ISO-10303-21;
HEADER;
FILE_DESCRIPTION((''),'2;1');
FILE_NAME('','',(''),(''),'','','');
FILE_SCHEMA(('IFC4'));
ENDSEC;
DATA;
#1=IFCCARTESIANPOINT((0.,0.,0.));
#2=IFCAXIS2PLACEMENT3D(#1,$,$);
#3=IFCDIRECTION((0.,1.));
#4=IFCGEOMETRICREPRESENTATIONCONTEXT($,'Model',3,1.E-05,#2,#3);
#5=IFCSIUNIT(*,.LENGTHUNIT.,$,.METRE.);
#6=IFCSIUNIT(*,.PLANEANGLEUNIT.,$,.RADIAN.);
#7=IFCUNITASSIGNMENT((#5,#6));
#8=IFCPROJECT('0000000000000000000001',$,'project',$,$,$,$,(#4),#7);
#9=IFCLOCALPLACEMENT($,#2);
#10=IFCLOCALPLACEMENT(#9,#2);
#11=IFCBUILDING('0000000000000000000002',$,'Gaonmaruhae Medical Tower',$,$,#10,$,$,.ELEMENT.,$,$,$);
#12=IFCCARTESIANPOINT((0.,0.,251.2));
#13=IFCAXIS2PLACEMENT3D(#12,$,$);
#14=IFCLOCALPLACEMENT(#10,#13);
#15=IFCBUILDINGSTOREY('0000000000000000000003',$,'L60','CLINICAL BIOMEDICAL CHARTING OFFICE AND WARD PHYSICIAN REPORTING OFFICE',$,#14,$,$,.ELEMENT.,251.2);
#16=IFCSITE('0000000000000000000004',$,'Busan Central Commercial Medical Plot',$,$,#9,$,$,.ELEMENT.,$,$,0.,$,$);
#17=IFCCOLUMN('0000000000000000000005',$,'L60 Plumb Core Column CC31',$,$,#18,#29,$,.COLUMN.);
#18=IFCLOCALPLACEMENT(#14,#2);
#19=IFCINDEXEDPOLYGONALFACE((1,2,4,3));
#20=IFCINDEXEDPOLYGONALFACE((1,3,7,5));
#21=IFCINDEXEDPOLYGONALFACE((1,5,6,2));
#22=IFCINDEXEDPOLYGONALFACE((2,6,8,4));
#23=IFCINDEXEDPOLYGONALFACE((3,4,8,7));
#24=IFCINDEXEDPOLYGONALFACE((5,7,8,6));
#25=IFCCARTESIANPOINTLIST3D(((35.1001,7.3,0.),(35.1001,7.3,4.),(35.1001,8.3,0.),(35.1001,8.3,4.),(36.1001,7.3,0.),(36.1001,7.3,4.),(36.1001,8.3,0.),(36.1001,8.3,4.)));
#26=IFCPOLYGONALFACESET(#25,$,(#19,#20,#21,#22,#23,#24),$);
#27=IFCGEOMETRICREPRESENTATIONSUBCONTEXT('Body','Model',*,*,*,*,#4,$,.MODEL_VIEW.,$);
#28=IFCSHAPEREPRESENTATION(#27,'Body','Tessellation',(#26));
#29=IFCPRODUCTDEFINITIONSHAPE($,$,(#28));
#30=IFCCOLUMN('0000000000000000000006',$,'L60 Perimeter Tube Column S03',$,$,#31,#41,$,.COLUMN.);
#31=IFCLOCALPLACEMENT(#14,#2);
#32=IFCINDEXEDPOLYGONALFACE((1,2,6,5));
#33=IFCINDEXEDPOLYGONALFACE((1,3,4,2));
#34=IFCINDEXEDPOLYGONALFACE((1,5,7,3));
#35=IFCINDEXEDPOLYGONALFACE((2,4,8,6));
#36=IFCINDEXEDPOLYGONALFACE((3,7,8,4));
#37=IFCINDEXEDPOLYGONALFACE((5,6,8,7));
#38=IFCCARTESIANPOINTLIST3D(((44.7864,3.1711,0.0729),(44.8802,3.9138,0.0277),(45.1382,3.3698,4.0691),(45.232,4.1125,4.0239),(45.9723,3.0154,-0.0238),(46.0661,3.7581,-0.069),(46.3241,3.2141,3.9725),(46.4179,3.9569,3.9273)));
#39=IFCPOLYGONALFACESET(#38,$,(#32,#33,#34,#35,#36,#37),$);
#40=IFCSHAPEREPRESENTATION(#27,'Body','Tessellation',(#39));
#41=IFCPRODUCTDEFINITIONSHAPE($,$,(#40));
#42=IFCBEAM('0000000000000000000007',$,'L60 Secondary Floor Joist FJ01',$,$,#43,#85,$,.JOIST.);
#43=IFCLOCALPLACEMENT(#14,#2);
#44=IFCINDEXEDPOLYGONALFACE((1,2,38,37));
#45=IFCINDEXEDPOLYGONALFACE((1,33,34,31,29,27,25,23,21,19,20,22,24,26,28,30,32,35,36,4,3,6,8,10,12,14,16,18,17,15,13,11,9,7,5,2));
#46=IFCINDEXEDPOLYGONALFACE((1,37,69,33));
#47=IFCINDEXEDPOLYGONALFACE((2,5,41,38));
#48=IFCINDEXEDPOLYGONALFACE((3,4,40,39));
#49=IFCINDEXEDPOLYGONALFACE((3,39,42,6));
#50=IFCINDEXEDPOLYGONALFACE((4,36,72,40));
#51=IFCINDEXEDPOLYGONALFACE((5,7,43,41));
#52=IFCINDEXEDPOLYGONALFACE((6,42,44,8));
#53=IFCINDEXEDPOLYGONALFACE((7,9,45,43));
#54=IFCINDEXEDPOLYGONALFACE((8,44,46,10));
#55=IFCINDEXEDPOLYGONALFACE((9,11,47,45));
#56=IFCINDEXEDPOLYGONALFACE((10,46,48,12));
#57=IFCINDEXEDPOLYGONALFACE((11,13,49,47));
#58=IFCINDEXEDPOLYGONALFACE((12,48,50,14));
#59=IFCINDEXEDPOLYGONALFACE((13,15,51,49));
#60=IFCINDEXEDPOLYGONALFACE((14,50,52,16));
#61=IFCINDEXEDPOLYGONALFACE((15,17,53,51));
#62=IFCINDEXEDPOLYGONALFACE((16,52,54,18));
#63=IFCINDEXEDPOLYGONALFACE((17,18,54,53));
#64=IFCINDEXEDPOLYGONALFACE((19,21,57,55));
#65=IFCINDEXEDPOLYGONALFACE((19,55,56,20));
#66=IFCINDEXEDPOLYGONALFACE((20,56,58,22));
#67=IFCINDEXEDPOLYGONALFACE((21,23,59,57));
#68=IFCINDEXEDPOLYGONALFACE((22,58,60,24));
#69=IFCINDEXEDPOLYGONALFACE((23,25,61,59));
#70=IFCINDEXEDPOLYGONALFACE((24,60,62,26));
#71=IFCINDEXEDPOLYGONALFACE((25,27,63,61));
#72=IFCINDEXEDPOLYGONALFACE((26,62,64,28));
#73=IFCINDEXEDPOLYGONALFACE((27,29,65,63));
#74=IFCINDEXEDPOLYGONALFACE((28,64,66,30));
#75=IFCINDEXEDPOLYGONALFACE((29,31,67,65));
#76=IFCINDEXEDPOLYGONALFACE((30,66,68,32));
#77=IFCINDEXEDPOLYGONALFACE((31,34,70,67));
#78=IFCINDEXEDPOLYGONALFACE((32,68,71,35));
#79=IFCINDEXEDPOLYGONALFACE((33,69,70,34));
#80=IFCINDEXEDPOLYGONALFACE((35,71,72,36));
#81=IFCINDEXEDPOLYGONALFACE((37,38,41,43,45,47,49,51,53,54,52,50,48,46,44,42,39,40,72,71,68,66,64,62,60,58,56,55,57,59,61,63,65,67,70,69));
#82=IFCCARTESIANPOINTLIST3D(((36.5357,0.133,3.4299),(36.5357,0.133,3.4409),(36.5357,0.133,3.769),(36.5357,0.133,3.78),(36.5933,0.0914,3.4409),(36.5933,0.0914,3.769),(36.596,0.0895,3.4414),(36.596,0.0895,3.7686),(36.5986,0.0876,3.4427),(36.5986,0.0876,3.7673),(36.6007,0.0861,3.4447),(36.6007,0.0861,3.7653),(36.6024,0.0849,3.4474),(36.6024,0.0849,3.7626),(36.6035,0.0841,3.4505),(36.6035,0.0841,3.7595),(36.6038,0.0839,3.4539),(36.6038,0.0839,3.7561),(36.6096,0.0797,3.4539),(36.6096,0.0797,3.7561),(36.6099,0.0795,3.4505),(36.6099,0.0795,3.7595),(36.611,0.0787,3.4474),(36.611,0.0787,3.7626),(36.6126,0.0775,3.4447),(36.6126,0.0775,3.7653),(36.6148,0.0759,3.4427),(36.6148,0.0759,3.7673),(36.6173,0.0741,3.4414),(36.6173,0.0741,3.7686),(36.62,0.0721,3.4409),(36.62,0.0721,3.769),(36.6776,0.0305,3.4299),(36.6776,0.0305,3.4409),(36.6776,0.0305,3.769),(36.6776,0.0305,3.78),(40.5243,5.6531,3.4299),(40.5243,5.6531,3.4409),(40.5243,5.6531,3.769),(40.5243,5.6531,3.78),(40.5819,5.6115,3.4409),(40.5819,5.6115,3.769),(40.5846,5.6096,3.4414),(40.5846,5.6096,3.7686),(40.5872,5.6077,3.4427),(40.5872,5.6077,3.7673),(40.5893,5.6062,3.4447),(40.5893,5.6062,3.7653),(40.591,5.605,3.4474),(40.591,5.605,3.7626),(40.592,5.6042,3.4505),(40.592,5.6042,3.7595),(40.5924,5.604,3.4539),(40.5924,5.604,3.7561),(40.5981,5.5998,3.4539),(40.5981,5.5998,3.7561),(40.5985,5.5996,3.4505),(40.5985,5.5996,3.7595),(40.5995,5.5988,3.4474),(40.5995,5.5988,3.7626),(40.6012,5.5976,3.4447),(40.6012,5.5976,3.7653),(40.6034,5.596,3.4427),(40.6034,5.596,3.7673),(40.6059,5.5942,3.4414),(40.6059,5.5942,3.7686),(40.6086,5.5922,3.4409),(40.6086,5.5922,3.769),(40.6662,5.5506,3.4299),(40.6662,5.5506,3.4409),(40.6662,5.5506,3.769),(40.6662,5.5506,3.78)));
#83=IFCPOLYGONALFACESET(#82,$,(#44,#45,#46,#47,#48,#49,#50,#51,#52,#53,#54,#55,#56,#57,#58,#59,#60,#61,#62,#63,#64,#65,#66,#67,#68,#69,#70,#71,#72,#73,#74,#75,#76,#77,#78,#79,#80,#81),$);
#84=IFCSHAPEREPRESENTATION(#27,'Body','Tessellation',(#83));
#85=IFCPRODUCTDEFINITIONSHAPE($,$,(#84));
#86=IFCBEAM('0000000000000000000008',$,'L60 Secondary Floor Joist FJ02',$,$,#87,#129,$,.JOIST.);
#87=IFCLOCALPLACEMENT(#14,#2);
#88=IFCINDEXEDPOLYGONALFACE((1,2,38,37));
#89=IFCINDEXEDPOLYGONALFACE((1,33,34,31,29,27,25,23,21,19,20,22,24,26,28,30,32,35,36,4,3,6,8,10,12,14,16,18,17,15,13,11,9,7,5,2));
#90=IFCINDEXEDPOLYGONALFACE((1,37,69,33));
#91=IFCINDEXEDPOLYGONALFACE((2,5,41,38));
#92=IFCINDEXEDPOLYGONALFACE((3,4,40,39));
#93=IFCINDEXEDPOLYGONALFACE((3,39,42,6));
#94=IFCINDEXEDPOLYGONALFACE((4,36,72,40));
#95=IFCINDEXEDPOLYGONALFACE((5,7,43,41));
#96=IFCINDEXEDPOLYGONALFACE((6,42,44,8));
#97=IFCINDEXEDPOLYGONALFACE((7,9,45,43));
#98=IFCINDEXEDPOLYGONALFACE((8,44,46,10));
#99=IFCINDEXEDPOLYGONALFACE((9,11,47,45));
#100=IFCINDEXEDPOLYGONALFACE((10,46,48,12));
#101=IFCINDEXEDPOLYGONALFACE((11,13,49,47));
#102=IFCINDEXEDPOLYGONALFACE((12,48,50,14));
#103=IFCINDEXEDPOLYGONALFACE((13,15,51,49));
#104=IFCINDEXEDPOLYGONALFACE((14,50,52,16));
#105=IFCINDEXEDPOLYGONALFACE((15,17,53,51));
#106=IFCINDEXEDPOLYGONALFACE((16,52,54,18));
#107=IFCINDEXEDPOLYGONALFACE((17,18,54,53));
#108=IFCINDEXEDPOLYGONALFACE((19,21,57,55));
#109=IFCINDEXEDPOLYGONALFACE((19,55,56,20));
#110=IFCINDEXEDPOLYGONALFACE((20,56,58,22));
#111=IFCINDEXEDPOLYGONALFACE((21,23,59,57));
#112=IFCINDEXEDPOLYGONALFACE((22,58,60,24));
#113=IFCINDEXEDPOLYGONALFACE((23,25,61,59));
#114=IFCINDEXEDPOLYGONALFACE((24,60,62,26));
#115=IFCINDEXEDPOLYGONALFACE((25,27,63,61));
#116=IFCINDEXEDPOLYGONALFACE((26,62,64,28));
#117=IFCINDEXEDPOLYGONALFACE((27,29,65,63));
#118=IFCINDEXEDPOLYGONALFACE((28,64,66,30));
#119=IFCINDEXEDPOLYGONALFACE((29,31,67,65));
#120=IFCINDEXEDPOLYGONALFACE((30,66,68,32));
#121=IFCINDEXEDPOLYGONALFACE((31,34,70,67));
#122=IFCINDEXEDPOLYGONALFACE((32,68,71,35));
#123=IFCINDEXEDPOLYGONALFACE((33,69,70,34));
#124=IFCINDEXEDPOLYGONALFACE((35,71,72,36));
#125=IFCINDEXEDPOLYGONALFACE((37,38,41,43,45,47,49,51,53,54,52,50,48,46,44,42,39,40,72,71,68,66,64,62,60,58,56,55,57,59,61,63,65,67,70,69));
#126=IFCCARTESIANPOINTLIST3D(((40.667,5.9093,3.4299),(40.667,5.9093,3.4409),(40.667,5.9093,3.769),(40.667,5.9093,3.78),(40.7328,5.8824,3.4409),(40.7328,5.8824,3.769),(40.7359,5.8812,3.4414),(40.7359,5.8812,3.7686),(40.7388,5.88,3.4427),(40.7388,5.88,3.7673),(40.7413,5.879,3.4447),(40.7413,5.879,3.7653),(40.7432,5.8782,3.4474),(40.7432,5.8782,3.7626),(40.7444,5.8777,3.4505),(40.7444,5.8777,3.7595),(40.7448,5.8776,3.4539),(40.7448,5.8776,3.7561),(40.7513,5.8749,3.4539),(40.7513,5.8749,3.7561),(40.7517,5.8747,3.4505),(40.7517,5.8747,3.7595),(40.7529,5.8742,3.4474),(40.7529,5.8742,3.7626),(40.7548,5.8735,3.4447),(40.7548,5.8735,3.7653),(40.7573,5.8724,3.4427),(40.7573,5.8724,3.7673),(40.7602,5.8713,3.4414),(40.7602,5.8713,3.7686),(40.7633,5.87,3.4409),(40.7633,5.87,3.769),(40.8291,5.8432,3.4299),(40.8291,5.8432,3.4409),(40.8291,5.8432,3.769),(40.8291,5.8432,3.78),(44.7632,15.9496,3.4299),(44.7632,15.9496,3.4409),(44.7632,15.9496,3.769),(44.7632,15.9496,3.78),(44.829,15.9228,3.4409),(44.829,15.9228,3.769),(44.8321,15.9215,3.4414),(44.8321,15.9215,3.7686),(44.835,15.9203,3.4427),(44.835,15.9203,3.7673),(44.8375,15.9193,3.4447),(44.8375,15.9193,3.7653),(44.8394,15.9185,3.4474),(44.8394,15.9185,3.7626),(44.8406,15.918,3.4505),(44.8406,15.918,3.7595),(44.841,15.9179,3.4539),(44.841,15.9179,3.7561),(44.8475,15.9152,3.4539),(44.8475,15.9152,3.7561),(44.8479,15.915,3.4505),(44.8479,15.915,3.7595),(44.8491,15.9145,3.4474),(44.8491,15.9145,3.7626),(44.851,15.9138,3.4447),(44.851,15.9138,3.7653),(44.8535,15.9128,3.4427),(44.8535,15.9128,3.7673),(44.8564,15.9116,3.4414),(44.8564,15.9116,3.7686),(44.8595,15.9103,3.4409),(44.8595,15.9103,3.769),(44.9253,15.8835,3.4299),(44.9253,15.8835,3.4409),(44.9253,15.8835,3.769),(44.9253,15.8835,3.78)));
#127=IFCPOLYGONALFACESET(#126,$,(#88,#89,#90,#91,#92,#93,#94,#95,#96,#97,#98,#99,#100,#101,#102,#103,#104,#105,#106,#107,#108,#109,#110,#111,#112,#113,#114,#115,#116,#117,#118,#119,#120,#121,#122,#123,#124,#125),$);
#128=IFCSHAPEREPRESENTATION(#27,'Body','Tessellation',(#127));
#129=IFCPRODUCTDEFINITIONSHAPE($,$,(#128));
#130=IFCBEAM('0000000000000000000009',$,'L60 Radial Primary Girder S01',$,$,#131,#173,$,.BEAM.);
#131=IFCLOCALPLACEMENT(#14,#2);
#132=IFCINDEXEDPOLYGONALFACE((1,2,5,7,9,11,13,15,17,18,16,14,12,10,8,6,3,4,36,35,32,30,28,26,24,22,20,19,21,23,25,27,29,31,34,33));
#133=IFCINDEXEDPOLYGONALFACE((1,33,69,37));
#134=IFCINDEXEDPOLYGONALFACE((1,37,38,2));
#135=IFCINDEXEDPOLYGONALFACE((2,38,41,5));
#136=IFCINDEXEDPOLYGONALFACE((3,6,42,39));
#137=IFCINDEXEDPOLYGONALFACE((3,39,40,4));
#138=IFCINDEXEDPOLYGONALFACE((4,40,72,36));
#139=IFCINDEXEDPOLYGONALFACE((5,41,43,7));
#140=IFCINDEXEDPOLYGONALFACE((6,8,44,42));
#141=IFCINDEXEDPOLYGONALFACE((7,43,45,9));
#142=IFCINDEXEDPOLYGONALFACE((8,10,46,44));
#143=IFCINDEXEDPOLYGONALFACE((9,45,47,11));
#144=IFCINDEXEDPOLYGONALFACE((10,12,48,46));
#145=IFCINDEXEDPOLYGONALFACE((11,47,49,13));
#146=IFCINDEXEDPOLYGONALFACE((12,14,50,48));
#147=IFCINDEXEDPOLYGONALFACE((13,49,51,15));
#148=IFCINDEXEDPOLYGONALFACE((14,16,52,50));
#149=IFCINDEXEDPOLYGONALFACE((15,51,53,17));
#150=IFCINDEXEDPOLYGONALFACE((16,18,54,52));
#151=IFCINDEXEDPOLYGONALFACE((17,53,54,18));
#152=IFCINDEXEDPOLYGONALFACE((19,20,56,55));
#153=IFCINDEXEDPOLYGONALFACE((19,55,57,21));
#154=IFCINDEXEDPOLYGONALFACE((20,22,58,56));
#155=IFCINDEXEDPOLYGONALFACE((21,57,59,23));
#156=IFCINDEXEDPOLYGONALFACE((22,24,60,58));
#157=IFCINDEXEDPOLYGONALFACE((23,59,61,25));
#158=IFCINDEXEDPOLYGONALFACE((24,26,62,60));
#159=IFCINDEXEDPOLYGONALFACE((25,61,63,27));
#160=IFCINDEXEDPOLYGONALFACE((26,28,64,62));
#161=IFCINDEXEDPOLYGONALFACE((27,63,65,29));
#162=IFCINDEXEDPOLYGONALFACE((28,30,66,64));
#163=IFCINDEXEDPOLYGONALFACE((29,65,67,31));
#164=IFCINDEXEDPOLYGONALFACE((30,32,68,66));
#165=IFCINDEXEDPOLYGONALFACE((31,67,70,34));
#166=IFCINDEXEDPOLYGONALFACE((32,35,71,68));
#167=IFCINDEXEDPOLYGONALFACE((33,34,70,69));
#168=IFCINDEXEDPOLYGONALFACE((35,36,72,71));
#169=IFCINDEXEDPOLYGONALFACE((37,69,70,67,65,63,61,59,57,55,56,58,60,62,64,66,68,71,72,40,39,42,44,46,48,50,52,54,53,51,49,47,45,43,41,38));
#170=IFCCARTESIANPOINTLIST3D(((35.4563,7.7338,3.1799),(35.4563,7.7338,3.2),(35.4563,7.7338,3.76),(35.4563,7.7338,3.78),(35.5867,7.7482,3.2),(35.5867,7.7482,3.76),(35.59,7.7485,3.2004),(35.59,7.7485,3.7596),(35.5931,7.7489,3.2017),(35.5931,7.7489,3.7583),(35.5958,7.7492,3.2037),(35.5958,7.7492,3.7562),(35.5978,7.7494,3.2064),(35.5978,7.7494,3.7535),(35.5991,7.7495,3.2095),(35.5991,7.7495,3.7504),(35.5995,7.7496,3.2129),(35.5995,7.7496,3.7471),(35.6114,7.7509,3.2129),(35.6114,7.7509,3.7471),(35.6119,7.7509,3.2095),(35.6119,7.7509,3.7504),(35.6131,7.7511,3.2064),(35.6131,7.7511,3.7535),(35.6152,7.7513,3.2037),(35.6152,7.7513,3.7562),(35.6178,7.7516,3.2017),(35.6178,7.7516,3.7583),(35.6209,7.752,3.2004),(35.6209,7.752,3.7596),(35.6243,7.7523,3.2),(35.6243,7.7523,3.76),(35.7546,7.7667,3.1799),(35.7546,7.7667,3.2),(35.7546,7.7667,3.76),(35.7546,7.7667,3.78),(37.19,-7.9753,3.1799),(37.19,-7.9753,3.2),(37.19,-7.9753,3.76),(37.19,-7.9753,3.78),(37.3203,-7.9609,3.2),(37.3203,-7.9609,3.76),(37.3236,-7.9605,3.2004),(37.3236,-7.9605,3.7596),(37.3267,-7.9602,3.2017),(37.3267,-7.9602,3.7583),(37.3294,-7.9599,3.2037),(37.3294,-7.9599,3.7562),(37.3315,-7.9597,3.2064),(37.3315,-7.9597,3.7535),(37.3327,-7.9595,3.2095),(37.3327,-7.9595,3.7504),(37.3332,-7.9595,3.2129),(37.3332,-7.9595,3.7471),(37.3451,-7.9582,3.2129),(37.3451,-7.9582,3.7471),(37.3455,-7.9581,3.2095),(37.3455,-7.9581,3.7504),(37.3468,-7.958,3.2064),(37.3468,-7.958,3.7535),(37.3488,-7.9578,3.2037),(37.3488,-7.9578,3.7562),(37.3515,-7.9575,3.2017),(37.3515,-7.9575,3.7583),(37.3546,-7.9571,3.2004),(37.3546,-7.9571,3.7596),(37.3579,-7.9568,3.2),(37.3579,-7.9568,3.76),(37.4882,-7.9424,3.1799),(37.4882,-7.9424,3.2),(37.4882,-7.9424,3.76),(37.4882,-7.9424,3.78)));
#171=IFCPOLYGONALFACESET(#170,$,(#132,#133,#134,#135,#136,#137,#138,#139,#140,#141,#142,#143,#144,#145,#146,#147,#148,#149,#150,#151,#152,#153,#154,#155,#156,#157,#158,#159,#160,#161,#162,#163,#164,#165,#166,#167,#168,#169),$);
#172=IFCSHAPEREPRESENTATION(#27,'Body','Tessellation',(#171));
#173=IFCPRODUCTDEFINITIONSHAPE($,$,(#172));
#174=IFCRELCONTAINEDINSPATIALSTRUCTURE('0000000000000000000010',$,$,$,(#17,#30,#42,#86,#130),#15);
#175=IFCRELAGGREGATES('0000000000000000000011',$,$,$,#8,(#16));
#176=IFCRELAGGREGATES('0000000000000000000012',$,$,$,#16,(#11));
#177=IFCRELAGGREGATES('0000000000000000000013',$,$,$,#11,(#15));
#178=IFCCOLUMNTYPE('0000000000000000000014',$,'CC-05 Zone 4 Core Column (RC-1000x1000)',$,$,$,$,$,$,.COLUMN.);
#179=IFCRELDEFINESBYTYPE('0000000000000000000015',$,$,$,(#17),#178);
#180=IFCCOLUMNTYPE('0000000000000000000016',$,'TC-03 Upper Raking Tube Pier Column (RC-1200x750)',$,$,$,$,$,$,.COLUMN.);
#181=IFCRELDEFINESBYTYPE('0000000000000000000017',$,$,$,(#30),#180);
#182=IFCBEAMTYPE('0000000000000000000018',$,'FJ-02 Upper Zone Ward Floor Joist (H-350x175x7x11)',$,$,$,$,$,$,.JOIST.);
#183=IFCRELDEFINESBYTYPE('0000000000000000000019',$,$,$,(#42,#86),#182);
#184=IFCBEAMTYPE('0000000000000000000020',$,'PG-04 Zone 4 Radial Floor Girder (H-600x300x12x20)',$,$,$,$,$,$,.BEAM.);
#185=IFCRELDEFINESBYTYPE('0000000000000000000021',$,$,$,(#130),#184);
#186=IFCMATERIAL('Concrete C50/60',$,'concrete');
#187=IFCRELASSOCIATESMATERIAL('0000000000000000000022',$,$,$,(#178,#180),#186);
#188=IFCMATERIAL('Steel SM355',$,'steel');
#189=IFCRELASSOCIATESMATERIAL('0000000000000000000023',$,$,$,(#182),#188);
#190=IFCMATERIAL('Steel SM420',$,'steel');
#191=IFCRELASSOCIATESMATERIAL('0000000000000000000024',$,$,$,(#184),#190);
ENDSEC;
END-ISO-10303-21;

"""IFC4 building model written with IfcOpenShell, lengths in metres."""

from ifc_helpers import new_model, si_unit, direction, frame, origin, origin_2d, place, context, subcontext, project, spatial, rectangle, i_section, extrude, material, material_profile, profile_set, type_object, element, save


model = new_model("IFC4")

# Units and contexts
model_context = context("Model", 3, precision=1e-05, world=origin(), true_north=direction((0.0, 1.0)))
body_context = subcontext(model_context, "Body", "Model", "MODEL_VIEW")
ifc_project = project(units=[si_unit("LENGTHUNIT", "METRE"), si_unit("PLANEANGLEUNIT", "RADIAN")], contexts=[model_context])

# Site, building, storey
site_placement = place(None, origin())
site = spatial("IfcSite", under=ifc_project, at=site_placement, Name="Busan Central Commercial Medical Plot", CompositionType="ELEMENT", RefElevation=0.0)
building_placement = place(site_placement, origin())
building = spatial("IfcBuilding", under=site, at=building_placement, Name="Gaonmaruhae Medical Tower", CompositionType="ELEMENT")
storey_placement = place(building_placement, frame((0.0, 0.0, 251.2)))
storey = spatial("IfcBuildingStorey", under=building, at=storey_placement, Name="L60", Description="CLINICAL BIOMEDICAL CHARTING OFFICE AND WARD PHYSICIAN REPORTING OFFICE", CompositionType="ELEMENT", Elevation=251.2)

# Columns
ifc_material_1 = material(Name="Concrete C50/60", Category="concrete")
ifc_material_profile_1 = material_profile(ifc_material_1, rectangle(XDim=1.0, YDim=1.0, at=origin_2d()), Name="RC-1000x1000")
ifc_profile_set_1 = profile_set([ifc_material_profile_1], Name="Concrete C50/60")
column_type_1 = type_object("IfcColumnType", Name="CC-05 Zone 4 Core Column (RC-1000x1000)", PredefinedType="COLUMN", material=ifc_profile_set_1)
column_1_placement = place(storey_placement, frame((35.6001, 7.8, 0.0), z_axis=(0.0, 0.0, 1.0), x_axis=(1.0, 0.0, 0.0)))
element("IfcColumn", 1, at=column_1_placement, inside=storey, type_object=column_type_1, Name="L60 Plumb Core Column CC31", PredefinedType="COLUMN", context=body_context, shape_type="SweptSolid", body=[
    extrude(rectangle(XDim=1.0, YDim=1.0, at=origin_2d()), origin(), (0.0, 0.0, 1.0), 4.0),
])
ifc_material_profile_2 = material_profile(ifc_material_1, rectangle(XDim=1.2, YDim=0.75, at=origin_2d()), Name="RC-1200x750")
ifc_profile_set_2 = profile_set([ifc_material_profile_2], Name="Concrete C50/60")
column_type_2 = type_object("IfcColumnType", Name="TC-03 Upper Raking Tube Pier Column (RC-1200x750)", PredefinedType="COLUMN", material=ifc_profile_set_2)
column_2_placement = place(storey_placement, frame((45.4263, 3.4646, 0.002), z_axis=(0.087586, 0.049476, 0.994928), x_axis=(-0.988272, 0.129729, 0.080549)))
element("IfcColumn", 2, at=column_2_placement, inside=storey, type_object=column_type_2, Name="L60 Perimeter Tube Column S03", PredefinedType="COLUMN", context=body_context, shape_type="SweptSolid", body=[
    extrude(rectangle(XDim=1.2, YDim=0.75, at=origin_2d()), origin(), (0.0, 0.0, 1.0), 4.0166),
])

# Beams
ifc_material_2 = material(Name="Steel SM355", Category="steel")
ifc_material_profile_3 = material_profile(ifc_material_2, i_section(OverallWidth=0.175, OverallDepth=0.3501, WebThickness=0.0071, FlangeThickness=0.011, FilletRadius=0.0129, at=origin_2d()), Name="H-350x175x7x11")
ifc_profile_set_3 = profile_set([ifc_material_profile_3], Name="Steel SM355")
beam_type_1 = type_object("IfcBeamType", Name="FJ-02 Upper Zone Ward Floor Joist (H-350x175x7x11)", PredefinedType="JOIST", material=ifc_profile_set_3)
beam_1_placement = place(storey_placement, frame((36.6067, 0.0818, 3.605), z_axis=(0.585669, 0.810551, 0.0), x_axis=(-0.810551, 0.585669, 0.0)))
element("IfcBeam", 3, at=beam_1_placement, inside=storey, type_object=beam_type_1, Name="L60 Secondary Floor Joist FJ01", PredefinedType="JOIST", context=body_context, shape_type="SweptSolid", body=[
    extrude(i_section(OverallWidth=0.175, OverallDepth=0.3501, WebThickness=0.0071, FlangeThickness=0.011, FilletRadius=0.0129, at=origin_2d()), origin(), (0.0, 0.0, 1.0), 6.8103),
])
beam_2_placement = place(storey_placement, frame((40.748, 5.8762, 3.605), z_axis=(0.377748, 0.925908, 0.0), x_axis=(-0.925908, 0.377748, 0.0)))
element("IfcBeam", 4, at=beam_2_placement, inside=storey, type_object=beam_type_1, Name="L60 Secondary Floor Joist FJ02", PredefinedType="JOIST", context=body_context, shape_type="SweptSolid", body=[
    extrude(i_section(OverallWidth=0.175, OverallDepth=0.3501, WebThickness=0.0071, FlangeThickness=0.011, FilletRadius=0.0129, at=origin_2d()), origin(), (0.0, 0.0, 1.0), 10.8438),
])
ifc_material_3 = material(Name="Steel SM420", Category="steel")
ifc_material_profile_4 = material_profile(ifc_material_3, i_section(OverallWidth=0.3, OverallDepth=0.6001, WebThickness=0.012, FlangeThickness=0.02, FilletRadius=0.0129, at=origin_2d()), Name="H-600x300x12x20")
ifc_profile_set_4 = profile_set([ifc_material_profile_4], Name="Steel SM420")
beam_type_2 = type_object("IfcBeamType", Name="PG-04 Zone 4 Radial Floor Girder (H-600x300x12x20)", PredefinedType="BEAM", material=ifc_profile_set_4)
beam_3_placement = place(storey_placement, frame((35.6055, 7.7502, 3.48), z_axis=(0.109694, -0.993965, 0.0), x_axis=(0.993965, 0.109694, 0.0)))
element("IfcBeam", 5, at=beam_3_placement, inside=storey, type_object=beam_type_2, Name="L60 Radial Primary Girder S01", PredefinedType="BEAM", context=body_context, shape_type="SweptSolid", body=[
    extrude(i_section(OverallWidth=0.3, OverallDepth=0.6001, WebThickness=0.012, FlangeThickness=0.02, FilletRadius=0.0129, at=origin_2d()), origin(), (0.0, 0.0, 1.0), 15.8044),
])

save(model, "model.ifc")
